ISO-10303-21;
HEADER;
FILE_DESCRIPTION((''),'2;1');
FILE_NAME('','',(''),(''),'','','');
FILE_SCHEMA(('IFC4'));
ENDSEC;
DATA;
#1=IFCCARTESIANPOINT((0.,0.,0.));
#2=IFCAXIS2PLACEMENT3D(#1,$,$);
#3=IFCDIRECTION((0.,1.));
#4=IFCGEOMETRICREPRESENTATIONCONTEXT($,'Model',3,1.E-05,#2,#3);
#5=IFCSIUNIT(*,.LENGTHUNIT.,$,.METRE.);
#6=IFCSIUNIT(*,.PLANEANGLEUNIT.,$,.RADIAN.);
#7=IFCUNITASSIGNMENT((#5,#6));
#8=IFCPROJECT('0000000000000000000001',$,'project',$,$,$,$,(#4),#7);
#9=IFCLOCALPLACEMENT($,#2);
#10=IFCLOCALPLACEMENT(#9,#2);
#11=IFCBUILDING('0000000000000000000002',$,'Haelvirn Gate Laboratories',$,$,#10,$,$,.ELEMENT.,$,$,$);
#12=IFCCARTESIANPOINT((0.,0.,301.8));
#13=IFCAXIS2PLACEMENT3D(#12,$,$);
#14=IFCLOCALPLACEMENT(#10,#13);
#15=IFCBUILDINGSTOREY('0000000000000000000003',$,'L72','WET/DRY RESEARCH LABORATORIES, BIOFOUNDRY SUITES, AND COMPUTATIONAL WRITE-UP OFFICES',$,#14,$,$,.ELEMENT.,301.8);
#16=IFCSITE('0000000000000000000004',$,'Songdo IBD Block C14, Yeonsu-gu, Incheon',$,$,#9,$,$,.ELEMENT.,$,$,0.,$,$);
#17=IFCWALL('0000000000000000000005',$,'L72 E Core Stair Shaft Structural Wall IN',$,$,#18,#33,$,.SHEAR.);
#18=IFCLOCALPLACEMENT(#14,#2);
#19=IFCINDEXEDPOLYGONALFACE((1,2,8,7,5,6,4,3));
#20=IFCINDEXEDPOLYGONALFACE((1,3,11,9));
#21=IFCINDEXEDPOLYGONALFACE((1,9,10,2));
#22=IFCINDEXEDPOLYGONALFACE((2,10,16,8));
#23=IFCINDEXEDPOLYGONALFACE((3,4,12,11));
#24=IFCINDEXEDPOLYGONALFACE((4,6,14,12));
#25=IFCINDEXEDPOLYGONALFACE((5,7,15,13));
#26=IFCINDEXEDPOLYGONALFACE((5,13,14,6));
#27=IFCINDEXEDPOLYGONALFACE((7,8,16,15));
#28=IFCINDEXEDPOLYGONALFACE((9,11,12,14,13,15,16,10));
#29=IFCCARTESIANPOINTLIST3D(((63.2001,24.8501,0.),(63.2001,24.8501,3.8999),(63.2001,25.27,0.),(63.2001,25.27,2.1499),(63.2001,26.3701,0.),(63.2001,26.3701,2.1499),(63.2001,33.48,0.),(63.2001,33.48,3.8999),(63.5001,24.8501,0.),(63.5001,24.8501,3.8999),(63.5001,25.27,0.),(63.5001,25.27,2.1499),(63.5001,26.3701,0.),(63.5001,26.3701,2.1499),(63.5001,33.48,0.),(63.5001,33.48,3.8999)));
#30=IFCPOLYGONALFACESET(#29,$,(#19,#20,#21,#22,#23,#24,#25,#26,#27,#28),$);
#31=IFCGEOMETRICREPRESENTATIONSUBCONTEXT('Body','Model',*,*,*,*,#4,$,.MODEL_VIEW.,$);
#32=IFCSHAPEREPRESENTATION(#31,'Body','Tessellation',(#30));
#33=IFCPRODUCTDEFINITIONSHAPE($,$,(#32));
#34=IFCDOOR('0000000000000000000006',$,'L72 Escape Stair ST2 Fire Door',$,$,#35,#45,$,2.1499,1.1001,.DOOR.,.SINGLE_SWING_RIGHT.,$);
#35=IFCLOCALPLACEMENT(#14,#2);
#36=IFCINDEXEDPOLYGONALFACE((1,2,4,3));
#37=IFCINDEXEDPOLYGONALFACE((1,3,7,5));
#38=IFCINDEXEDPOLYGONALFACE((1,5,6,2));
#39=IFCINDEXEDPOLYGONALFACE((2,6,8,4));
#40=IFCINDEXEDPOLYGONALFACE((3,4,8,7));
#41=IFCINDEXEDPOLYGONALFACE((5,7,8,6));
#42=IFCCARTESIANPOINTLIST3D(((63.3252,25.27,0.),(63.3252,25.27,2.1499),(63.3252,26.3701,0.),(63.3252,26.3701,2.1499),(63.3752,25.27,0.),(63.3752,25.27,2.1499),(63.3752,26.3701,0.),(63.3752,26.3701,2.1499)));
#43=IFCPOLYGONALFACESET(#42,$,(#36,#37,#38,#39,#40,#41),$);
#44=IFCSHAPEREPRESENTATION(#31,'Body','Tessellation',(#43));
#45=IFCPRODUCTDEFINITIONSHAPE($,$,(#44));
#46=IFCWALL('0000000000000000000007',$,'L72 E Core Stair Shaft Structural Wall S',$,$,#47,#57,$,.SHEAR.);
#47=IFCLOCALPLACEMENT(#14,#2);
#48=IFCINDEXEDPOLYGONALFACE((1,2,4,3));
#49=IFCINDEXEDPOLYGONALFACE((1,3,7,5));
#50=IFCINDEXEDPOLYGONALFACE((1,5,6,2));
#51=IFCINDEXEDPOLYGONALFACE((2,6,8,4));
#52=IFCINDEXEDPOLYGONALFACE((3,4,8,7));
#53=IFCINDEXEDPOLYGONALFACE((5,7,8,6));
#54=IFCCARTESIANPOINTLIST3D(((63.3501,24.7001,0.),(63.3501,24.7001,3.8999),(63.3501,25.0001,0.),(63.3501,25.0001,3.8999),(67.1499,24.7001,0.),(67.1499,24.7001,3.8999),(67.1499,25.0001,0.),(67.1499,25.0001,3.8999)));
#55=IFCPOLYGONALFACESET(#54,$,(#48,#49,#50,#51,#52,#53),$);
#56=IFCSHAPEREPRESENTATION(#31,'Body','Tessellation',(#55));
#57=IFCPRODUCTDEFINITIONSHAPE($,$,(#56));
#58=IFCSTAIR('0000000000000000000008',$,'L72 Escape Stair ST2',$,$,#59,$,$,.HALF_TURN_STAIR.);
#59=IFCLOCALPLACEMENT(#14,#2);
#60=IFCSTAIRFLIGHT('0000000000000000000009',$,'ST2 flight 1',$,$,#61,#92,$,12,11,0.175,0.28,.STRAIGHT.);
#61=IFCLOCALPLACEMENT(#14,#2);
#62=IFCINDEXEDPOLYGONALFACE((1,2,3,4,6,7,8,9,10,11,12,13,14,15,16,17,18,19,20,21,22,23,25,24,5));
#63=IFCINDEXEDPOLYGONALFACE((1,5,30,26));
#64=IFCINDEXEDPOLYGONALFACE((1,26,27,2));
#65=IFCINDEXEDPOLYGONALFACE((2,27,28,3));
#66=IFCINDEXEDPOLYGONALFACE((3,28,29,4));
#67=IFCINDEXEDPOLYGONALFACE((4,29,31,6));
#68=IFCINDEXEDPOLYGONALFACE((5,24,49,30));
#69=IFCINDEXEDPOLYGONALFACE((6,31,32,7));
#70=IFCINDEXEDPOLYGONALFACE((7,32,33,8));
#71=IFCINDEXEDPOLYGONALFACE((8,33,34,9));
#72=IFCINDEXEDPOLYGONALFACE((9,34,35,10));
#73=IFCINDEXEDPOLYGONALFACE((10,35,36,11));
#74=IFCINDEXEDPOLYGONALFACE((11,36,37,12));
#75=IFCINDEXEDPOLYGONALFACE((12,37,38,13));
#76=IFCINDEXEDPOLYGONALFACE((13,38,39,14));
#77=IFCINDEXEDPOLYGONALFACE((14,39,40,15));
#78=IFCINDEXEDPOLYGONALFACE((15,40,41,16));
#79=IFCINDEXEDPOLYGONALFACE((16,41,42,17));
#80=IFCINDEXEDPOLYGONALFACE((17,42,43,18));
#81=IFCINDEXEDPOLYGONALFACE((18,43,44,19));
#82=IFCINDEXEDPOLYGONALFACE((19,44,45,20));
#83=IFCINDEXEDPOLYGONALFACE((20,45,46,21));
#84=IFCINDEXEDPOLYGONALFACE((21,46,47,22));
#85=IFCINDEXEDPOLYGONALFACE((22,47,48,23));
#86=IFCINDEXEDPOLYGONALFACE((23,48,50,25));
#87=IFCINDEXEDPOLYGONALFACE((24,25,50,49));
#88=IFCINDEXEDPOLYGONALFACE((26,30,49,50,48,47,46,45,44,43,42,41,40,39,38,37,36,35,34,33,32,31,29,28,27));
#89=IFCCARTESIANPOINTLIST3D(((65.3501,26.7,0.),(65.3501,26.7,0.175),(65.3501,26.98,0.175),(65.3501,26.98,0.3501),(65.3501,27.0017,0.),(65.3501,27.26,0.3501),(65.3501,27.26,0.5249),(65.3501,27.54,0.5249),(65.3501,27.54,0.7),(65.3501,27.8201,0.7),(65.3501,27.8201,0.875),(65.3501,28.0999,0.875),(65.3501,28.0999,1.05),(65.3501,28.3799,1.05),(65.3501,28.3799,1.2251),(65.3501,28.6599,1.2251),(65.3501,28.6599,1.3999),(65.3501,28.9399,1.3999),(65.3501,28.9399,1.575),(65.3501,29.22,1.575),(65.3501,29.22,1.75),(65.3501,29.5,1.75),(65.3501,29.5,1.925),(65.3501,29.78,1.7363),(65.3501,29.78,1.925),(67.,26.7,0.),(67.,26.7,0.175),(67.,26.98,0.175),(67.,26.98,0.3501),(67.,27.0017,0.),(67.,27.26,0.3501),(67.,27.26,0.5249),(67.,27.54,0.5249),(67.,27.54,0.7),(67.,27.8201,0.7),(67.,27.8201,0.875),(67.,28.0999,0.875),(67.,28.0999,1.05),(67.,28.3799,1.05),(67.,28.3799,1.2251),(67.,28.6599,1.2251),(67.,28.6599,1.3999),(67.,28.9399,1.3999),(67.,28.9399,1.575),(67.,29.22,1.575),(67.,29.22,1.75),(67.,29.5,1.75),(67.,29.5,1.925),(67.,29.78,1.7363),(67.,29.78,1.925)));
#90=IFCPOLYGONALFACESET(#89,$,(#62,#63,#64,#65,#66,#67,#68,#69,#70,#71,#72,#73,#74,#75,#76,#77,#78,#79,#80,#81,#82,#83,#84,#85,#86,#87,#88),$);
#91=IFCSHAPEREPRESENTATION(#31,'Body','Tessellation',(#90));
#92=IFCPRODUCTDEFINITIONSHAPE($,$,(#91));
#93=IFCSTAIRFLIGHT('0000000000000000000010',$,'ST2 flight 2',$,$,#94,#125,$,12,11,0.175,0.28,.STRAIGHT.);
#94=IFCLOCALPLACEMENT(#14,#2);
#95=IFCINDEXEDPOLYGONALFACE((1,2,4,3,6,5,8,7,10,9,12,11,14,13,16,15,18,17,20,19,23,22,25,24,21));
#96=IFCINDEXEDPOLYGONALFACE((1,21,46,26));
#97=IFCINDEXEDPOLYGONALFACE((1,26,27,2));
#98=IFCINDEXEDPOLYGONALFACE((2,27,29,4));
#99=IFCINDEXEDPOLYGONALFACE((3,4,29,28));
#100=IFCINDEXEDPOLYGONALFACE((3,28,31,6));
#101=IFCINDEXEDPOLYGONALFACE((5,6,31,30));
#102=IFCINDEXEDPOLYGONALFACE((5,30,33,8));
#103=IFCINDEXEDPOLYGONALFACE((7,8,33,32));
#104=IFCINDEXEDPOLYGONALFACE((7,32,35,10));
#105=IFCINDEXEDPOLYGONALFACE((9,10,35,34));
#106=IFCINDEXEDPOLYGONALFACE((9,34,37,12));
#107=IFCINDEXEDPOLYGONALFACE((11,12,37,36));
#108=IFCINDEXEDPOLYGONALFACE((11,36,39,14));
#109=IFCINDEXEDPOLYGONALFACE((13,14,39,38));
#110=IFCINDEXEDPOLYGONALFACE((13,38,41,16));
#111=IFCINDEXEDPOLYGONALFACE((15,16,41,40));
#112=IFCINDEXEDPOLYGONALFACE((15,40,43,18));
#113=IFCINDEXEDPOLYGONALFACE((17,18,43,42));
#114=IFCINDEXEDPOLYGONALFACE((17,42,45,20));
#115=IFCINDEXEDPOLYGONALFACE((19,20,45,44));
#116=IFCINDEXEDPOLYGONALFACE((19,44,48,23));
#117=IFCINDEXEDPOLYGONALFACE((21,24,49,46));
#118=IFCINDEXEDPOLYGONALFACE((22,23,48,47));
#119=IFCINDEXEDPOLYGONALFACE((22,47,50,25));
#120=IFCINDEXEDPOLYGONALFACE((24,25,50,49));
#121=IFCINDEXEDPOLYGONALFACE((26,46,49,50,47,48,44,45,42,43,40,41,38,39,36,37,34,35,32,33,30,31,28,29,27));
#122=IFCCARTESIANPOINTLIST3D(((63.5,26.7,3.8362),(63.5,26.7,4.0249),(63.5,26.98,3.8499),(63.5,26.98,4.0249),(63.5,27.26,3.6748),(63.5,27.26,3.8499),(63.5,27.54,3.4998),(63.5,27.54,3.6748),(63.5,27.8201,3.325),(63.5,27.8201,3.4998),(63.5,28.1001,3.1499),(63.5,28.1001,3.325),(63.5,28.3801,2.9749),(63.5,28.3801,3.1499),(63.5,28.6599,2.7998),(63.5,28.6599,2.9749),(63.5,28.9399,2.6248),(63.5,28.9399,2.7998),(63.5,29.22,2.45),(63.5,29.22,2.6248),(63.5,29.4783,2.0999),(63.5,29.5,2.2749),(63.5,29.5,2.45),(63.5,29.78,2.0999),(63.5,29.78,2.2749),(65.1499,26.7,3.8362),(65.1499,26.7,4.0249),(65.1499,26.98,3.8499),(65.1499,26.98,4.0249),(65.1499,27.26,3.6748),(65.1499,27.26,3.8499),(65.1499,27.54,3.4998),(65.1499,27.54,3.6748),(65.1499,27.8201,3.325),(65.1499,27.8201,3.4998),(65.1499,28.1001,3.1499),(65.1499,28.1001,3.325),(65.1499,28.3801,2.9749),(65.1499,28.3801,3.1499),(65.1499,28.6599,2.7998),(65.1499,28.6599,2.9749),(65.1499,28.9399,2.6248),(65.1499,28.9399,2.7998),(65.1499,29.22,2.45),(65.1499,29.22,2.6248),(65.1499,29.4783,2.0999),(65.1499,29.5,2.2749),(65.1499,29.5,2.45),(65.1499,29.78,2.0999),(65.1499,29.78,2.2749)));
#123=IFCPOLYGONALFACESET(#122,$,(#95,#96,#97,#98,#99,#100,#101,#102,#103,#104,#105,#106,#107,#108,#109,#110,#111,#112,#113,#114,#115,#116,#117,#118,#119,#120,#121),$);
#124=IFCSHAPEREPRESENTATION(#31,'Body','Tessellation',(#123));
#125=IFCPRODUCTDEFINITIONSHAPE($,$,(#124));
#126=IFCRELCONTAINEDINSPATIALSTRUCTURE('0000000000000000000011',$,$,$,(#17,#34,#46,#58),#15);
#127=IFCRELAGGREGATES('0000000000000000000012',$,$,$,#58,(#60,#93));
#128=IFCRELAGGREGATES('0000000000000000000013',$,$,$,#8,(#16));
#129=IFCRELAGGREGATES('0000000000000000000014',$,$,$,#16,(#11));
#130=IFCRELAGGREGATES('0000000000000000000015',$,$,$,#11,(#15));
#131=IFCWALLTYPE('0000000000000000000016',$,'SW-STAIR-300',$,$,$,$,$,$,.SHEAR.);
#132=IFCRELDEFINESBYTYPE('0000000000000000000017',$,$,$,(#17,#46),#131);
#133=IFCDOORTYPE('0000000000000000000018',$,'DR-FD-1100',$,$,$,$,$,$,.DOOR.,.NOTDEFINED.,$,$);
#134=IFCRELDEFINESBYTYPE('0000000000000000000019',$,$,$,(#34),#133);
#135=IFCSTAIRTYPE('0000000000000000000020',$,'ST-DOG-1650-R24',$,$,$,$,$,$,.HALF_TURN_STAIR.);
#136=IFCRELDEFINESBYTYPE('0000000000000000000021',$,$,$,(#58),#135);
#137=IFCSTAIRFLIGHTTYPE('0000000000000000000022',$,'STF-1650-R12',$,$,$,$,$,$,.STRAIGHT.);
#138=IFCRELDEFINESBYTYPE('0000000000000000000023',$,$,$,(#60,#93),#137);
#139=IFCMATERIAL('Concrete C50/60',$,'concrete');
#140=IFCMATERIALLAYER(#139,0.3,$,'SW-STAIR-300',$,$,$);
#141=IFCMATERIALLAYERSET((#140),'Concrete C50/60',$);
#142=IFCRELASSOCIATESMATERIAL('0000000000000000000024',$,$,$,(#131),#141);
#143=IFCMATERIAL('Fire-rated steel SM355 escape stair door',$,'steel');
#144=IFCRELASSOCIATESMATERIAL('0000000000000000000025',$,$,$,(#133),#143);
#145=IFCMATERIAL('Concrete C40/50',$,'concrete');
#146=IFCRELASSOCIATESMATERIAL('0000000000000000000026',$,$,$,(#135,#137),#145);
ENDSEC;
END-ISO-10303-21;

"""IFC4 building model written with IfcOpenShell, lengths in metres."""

from ifc_helpers import new_model, si_unit, direction, frame, frame_2d, origin, place, context, subcontext, project, spatial, polyline, rectangle, outline, extrude, source, transform, mapped, material, layer, layer_set, type_object, type_shapes, element, fill, aggregate, save


model = new_model("IFC4")

# Units and contexts
model_context = context("Model", 3, precision=1e-05, world=origin(), true_north=direction((0.0, 1.0)))
body_context = subcontext(model_context, "Body", "Model", "MODEL_VIEW")
ifc_project = project(units=[si_unit("LENGTHUNIT", "METRE"), si_unit("PLANEANGLEUNIT", "RADIAN")], contexts=[model_context])

# Site, building, storey
site_placement = place(None, origin())
site = spatial("IfcSite", under=ifc_project, at=site_placement, Name="Songdo IBD Block C14, Yeonsu-gu, Incheon", CompositionType="ELEMENT", RefElevation=0.0)
building_placement = place(site_placement, origin())
building = spatial("IfcBuilding", under=site, at=building_placement, Name="Haelvirn Gate Laboratories", CompositionType="ELEMENT")
storey_placement = place(building_placement, frame((0.0, 0.0, 301.8)))
storey = spatial("IfcBuildingStorey", under=building, at=storey_placement, Name="L72", Description="WET/DRY RESEARCH LABORATORIES, BIOFOUNDRY SUITES, AND COMPUTATIONAL WRITE-UP OFFICES", CompositionType="ELEMENT", Elevation=301.8)

# Shared definitions
ifc_material_1 = material(Name="Concrete C40/50", Category="concrete")

# Shared definitions
ifc_material_2 = material(Name="Concrete C50/60", Category="concrete")

# Wall, opening, door
ifc_layer_1 = layer(ifc_material_2, 0.3, Name="SW-STAIR-300")
ifc_layer_set_1 = layer_set([ifc_layer_1], Name="Concrete C50/60")
wall_type_1 = type_object("IfcWallType", Name="SW-STAIR-300", PredefinedType="SHEAR", material=ifc_layer_set_1)
wall_1_placement = place(storey_placement, frame((63.3501, 24.8501, 0.0), z_axis=(0.0, 0.0, 1.0), x_axis=(0.0, 1.0, 0.0)))
wall_1 = element("IfcWall", 1, at=wall_1_placement, inside=storey, type_object=wall_type_1, Name="L72 E Core Stair Shaft Structural Wall IN", PredefinedType="SHEAR", context=body_context, shape_type="SweptSolid", body=[
    extrude(rectangle(XDim=8.6299, YDim=0.3, at=frame_2d((4.3149, 0.0))), origin(), (0.0, 0.0, 1.0), 3.8999),
])
opening_1_placement = place(wall_1_placement, frame((0.4199, 0.0, 0.0)))
opening_1 = element("IfcOpeningElement", 2, at=opening_1_placement, cuts=wall_1, PredefinedType="OPENING", context=body_context, shape_type="SweptSolid", body=[
    extrude(rectangle(XDim=1.1001, YDim=2.1499, at=frame_2d((0.55, 1.075))), frame((0.0, 0.1602, 0.0), z_axis=(0.0, -1.0, 0.0), x_axis=(1.0, 0.0, 0.0)), (0.0, 0.0, 1.0), 0.3201),
])
ifc_material_3 = material(Name="Fire-rated steel SM355 escape stair door", Category="steel")
door_type_1 = type_object("IfcDoorType", Name="DR-FD-1100", OperationType="NOTDEFINED", PredefinedType="DOOR", material=ifc_material_3)
shared_shape_1 = source(origin(), body_context, "Body", "SweptSolid", [
    extrude(rectangle(XDim=1.1001, YDim=2.1499, at=frame_2d((0.55, 1.075))), frame((0.0, 0.0249, 0.0), z_axis=(0.0, -1.0, 0.0), x_axis=(1.0, 0.0, 0.0)), (0.0, 0.0, 1.0), 0.05),
])
type_shapes(door_type_1, [shared_shape_1])
door_1_placement = place(opening_1_placement, origin())
door_1 = element("IfcDoor", 3, at=door_1_placement, inside=storey, type_object=door_type_1, Name="L72 Escape Stair ST2 Fire Door", OperationType="SINGLE_SWING_RIGHT", OverallHeight=2.1499, OverallWidth=1.1001, PredefinedType="DOOR", context=body_context, shape_type="MappedRepresentation", body=[
    mapped(shared_shape_1, transform((0.0, 0.0, 0.0), scale=1.0)),
])
fill(opening_1, door_1)

# Wall
wall_2_placement = place(storey_placement, frame((63.3501, 24.8501, 0.0), z_axis=(0.0, 0.0, 1.0), x_axis=(1.0, 0.0, 0.0)))
element("IfcWall", 4, at=wall_2_placement, inside=storey, type_object=wall_type_1, Name="L72 E Core Stair Shaft Structural Wall S", PredefinedType="SHEAR", context=body_context, shape_type="SweptSolid", body=[
    extrude(rectangle(XDim=3.7998, YDim=0.3, at=frame_2d((1.8999, 0.0))), origin(), (0.0, 0.0, 1.0), 3.8999),
])

# Stair, stair flights
stair_type = type_object("IfcStairType", Name="ST-DOG-1650-R24", PredefinedType="HALF_TURN_STAIR", material=ifc_material_1)
stair_placement = place(storey_placement, origin())
stair = element("IfcStair", 5, at=stair_placement, inside=storey, type_object=stair_type, Name="L72 Escape Stair ST2", PredefinedType="HALF_TURN_STAIR")
stair_flight_type = type_object("IfcStairFlightType", Name="STF-1650-R12", PredefinedType="STRAIGHT", material=ifc_material_1)
shared_shape_2 = source(origin(), body_context, "Body", "SweptSolid", [
    extrude(outline(polyline([(0.0, 0.0), (0.0, 0.175), (0.28, 0.175), (0.28, 0.3501), (0.5601, 0.3501), (0.5601, 0.5249), (0.8401, 0.5249), (0.8401, 0.7), (1.1201, 0.7), (1.1201, 0.875), (1.3999, 0.875), (1.3999, 1.05), (1.6799, 1.05), (1.6799, 1.2251), (1.96, 1.2251), (1.96, 1.3999), (2.24, 1.3999), (2.24, 1.575), (2.52, 1.575), (2.52, 1.75), (2.8, 1.75), (2.8, 1.925), (3.0801, 1.925), (3.0801, 2.1001), (3.0801, 1.7363), (0.3018, 0.0), (0.0, 0.0)])), frame((0.0, 0.825, 0.0), z_axis=(0.0, -1.0, 0.0), x_axis=(1.0, 0.0, 0.0)), (0.0, 0.0, 1.0), 1.6499),
])
type_shapes(stair_flight_type, [shared_shape_2])
stair_flight_1_placement = place(storey_placement, frame((66.175, 26.7, 0.0), z_axis=(0.0, 0.0, 1.0), x_axis=(0.0, 1.0, 0.0)))
stair_flight_1 = element("IfcStairFlight", 6, at=stair_flight_1_placement, type_object=stair_flight_type, Name="ST2 flight 1", NumberOfRisers=12, NumberOfTreads=11, PredefinedType="STRAIGHT", RiserHeight=0.175, TreadLength=0.28, context=body_context, shape_type="MappedRepresentation", body=[
    mapped(shared_shape_2, transform((0.0, 0.0, 0.0), scale=1.0)),
])
stair_flight_2_placement = place(storey_placement, frame((64.325, 29.78, 2.0999), z_axis=(0.0, 0.0, 1.0), x_axis=(0.0, -1.0, 0.0)))
stair_flight_2 = element("IfcStairFlight", 7, at=stair_flight_2_placement, type_object=stair_flight_type, Name="ST2 flight 2", NumberOfRisers=12, NumberOfTreads=11, PredefinedType="STRAIGHT", RiserHeight=0.175, TreadLength=0.28, context=body_context, shape_type="MappedRepresentation", body=[
    mapped(shared_shape_2, transform((0.0, 0.0, 0.0), scale=1.0)),
])
aggregate(stair, [stair_flight_1, stair_flight_2])

save(model, "model.ifc")
